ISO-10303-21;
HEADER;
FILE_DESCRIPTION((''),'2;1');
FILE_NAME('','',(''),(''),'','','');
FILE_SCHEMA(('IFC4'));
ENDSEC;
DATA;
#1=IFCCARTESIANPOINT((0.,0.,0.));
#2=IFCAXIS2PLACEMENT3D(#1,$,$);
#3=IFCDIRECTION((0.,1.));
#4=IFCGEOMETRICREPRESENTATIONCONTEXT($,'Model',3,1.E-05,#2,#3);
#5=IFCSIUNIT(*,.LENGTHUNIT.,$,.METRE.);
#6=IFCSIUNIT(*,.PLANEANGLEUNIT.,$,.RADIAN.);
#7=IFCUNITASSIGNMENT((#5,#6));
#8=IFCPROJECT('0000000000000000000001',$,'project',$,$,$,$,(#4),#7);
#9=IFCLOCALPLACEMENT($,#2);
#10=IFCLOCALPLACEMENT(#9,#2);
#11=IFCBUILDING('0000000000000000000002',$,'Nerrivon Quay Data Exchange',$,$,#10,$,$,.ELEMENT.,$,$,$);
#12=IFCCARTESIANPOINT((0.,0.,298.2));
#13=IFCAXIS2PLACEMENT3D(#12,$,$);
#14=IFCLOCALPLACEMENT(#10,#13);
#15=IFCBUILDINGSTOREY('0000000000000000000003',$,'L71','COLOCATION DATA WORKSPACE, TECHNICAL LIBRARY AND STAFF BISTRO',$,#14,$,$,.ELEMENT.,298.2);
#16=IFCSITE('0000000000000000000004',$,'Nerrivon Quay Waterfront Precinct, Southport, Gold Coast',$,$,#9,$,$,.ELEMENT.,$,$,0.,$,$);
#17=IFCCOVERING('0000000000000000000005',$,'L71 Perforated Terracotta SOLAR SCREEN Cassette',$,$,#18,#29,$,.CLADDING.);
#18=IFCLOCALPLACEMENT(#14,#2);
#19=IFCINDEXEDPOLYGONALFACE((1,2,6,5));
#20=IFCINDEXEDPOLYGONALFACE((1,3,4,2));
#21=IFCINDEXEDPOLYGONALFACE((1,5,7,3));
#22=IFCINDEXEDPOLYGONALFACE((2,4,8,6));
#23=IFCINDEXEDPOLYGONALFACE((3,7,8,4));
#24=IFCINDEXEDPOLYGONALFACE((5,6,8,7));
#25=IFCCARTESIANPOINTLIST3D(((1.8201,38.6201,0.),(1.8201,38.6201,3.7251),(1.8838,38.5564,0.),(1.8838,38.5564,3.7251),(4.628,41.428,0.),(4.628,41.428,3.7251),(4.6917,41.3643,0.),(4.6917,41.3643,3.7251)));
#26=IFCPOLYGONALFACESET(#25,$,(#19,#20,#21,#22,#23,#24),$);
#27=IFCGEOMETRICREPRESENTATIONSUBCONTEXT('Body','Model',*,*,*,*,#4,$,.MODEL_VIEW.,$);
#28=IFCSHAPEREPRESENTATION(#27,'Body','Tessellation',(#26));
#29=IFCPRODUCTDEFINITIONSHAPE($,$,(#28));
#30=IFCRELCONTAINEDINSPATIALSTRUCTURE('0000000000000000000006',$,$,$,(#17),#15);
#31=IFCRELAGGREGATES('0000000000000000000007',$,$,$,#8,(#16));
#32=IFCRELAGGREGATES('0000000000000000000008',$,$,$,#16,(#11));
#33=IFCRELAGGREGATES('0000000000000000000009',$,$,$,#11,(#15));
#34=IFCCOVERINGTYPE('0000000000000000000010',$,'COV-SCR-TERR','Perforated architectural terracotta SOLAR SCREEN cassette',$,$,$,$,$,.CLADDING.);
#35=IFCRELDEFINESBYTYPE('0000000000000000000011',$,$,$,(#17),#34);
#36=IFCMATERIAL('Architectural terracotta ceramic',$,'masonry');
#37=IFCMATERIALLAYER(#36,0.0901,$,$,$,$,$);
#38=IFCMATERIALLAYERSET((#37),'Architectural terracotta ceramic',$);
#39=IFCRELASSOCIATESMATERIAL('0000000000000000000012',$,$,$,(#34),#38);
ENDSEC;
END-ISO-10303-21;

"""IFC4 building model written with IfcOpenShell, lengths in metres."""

from ifc_helpers import new_model, si_unit, direction, frame, origin, origin_2d, place, context, subcontext, project, spatial, rectangle, extrude, material, layer, layer_set, type_object, element, save


model = new_model("IFC4")

# Units and contexts
model_context = context("Model", 3, precision=1e-05, world=origin(), true_north=direction((0.0, 1.0)))
body_context = subcontext(model_context, "Body", "Model", "MODEL_VIEW")
ifc_project = project(units=[si_unit("LENGTHUNIT", "METRE"), si_unit("PLANEANGLEUNIT", "RADIAN")], contexts=[model_context])

# Site, building, storey
site_placement = place(None, origin())
site = spatial("IfcSite", under=ifc_project, at=site_placement, Name="Nerrivon Quay Waterfront Precinct, Southport, Gold Coast", CompositionType="ELEMENT", RefElevation=0.0)
building_placement = place(site_placement, origin())
building = spatial("IfcBuilding", under=site, at=building_placement, Name="Nerrivon Quay Data Exchange", CompositionType="ELEMENT")
storey_placement = place(building_placement, frame((0.0, 0.0, 298.2)))
storey = spatial("IfcBuildingStorey", under=building, at=storey_placement, Name="L71", Description="COLOCATION DATA WORKSPACE, TECHNICAL LIBRARY AND STAFF BISTRO", CompositionType="ELEMENT", Elevation=298.2)

# Covering
ifc_material_1 = material(Name="Architectural terracotta ceramic", Category="masonry")
ifc_layer_1 = layer(ifc_material_1, 0.0901)
ifc_layer_set_1 = layer_set([ifc_layer_1], Name="Architectural terracotta ceramic")
covering_type = type_object("IfcCoveringType", Name="COV-SCR-TERR", Description="Perforated architectural terracotta SOLAR SCREEN cassette", PredefinedType="CLADDING", material=ifc_layer_set_1)
covering_placement = place(storey_placement, frame((3.2559, 39.9922, 0.0), z_axis=(0.0, 0.0, 1.0), x_axis=(0.707107, 0.707107, 0.0)))
element("IfcCovering", 1, at=covering_placement, inside=storey, type_object=covering_type, Name="L71 Perforated Terracotta SOLAR SCREEN Cassette", PredefinedType="CLADDING", context=body_context, shape_type="SweptSolid", body=[
    extrude(rectangle(XDim=3.9709, YDim=0.0901, at=origin_2d()), origin(), (0.0, 0.0, 1.0), 3.7251),
])

save(model, "model.ifc")
